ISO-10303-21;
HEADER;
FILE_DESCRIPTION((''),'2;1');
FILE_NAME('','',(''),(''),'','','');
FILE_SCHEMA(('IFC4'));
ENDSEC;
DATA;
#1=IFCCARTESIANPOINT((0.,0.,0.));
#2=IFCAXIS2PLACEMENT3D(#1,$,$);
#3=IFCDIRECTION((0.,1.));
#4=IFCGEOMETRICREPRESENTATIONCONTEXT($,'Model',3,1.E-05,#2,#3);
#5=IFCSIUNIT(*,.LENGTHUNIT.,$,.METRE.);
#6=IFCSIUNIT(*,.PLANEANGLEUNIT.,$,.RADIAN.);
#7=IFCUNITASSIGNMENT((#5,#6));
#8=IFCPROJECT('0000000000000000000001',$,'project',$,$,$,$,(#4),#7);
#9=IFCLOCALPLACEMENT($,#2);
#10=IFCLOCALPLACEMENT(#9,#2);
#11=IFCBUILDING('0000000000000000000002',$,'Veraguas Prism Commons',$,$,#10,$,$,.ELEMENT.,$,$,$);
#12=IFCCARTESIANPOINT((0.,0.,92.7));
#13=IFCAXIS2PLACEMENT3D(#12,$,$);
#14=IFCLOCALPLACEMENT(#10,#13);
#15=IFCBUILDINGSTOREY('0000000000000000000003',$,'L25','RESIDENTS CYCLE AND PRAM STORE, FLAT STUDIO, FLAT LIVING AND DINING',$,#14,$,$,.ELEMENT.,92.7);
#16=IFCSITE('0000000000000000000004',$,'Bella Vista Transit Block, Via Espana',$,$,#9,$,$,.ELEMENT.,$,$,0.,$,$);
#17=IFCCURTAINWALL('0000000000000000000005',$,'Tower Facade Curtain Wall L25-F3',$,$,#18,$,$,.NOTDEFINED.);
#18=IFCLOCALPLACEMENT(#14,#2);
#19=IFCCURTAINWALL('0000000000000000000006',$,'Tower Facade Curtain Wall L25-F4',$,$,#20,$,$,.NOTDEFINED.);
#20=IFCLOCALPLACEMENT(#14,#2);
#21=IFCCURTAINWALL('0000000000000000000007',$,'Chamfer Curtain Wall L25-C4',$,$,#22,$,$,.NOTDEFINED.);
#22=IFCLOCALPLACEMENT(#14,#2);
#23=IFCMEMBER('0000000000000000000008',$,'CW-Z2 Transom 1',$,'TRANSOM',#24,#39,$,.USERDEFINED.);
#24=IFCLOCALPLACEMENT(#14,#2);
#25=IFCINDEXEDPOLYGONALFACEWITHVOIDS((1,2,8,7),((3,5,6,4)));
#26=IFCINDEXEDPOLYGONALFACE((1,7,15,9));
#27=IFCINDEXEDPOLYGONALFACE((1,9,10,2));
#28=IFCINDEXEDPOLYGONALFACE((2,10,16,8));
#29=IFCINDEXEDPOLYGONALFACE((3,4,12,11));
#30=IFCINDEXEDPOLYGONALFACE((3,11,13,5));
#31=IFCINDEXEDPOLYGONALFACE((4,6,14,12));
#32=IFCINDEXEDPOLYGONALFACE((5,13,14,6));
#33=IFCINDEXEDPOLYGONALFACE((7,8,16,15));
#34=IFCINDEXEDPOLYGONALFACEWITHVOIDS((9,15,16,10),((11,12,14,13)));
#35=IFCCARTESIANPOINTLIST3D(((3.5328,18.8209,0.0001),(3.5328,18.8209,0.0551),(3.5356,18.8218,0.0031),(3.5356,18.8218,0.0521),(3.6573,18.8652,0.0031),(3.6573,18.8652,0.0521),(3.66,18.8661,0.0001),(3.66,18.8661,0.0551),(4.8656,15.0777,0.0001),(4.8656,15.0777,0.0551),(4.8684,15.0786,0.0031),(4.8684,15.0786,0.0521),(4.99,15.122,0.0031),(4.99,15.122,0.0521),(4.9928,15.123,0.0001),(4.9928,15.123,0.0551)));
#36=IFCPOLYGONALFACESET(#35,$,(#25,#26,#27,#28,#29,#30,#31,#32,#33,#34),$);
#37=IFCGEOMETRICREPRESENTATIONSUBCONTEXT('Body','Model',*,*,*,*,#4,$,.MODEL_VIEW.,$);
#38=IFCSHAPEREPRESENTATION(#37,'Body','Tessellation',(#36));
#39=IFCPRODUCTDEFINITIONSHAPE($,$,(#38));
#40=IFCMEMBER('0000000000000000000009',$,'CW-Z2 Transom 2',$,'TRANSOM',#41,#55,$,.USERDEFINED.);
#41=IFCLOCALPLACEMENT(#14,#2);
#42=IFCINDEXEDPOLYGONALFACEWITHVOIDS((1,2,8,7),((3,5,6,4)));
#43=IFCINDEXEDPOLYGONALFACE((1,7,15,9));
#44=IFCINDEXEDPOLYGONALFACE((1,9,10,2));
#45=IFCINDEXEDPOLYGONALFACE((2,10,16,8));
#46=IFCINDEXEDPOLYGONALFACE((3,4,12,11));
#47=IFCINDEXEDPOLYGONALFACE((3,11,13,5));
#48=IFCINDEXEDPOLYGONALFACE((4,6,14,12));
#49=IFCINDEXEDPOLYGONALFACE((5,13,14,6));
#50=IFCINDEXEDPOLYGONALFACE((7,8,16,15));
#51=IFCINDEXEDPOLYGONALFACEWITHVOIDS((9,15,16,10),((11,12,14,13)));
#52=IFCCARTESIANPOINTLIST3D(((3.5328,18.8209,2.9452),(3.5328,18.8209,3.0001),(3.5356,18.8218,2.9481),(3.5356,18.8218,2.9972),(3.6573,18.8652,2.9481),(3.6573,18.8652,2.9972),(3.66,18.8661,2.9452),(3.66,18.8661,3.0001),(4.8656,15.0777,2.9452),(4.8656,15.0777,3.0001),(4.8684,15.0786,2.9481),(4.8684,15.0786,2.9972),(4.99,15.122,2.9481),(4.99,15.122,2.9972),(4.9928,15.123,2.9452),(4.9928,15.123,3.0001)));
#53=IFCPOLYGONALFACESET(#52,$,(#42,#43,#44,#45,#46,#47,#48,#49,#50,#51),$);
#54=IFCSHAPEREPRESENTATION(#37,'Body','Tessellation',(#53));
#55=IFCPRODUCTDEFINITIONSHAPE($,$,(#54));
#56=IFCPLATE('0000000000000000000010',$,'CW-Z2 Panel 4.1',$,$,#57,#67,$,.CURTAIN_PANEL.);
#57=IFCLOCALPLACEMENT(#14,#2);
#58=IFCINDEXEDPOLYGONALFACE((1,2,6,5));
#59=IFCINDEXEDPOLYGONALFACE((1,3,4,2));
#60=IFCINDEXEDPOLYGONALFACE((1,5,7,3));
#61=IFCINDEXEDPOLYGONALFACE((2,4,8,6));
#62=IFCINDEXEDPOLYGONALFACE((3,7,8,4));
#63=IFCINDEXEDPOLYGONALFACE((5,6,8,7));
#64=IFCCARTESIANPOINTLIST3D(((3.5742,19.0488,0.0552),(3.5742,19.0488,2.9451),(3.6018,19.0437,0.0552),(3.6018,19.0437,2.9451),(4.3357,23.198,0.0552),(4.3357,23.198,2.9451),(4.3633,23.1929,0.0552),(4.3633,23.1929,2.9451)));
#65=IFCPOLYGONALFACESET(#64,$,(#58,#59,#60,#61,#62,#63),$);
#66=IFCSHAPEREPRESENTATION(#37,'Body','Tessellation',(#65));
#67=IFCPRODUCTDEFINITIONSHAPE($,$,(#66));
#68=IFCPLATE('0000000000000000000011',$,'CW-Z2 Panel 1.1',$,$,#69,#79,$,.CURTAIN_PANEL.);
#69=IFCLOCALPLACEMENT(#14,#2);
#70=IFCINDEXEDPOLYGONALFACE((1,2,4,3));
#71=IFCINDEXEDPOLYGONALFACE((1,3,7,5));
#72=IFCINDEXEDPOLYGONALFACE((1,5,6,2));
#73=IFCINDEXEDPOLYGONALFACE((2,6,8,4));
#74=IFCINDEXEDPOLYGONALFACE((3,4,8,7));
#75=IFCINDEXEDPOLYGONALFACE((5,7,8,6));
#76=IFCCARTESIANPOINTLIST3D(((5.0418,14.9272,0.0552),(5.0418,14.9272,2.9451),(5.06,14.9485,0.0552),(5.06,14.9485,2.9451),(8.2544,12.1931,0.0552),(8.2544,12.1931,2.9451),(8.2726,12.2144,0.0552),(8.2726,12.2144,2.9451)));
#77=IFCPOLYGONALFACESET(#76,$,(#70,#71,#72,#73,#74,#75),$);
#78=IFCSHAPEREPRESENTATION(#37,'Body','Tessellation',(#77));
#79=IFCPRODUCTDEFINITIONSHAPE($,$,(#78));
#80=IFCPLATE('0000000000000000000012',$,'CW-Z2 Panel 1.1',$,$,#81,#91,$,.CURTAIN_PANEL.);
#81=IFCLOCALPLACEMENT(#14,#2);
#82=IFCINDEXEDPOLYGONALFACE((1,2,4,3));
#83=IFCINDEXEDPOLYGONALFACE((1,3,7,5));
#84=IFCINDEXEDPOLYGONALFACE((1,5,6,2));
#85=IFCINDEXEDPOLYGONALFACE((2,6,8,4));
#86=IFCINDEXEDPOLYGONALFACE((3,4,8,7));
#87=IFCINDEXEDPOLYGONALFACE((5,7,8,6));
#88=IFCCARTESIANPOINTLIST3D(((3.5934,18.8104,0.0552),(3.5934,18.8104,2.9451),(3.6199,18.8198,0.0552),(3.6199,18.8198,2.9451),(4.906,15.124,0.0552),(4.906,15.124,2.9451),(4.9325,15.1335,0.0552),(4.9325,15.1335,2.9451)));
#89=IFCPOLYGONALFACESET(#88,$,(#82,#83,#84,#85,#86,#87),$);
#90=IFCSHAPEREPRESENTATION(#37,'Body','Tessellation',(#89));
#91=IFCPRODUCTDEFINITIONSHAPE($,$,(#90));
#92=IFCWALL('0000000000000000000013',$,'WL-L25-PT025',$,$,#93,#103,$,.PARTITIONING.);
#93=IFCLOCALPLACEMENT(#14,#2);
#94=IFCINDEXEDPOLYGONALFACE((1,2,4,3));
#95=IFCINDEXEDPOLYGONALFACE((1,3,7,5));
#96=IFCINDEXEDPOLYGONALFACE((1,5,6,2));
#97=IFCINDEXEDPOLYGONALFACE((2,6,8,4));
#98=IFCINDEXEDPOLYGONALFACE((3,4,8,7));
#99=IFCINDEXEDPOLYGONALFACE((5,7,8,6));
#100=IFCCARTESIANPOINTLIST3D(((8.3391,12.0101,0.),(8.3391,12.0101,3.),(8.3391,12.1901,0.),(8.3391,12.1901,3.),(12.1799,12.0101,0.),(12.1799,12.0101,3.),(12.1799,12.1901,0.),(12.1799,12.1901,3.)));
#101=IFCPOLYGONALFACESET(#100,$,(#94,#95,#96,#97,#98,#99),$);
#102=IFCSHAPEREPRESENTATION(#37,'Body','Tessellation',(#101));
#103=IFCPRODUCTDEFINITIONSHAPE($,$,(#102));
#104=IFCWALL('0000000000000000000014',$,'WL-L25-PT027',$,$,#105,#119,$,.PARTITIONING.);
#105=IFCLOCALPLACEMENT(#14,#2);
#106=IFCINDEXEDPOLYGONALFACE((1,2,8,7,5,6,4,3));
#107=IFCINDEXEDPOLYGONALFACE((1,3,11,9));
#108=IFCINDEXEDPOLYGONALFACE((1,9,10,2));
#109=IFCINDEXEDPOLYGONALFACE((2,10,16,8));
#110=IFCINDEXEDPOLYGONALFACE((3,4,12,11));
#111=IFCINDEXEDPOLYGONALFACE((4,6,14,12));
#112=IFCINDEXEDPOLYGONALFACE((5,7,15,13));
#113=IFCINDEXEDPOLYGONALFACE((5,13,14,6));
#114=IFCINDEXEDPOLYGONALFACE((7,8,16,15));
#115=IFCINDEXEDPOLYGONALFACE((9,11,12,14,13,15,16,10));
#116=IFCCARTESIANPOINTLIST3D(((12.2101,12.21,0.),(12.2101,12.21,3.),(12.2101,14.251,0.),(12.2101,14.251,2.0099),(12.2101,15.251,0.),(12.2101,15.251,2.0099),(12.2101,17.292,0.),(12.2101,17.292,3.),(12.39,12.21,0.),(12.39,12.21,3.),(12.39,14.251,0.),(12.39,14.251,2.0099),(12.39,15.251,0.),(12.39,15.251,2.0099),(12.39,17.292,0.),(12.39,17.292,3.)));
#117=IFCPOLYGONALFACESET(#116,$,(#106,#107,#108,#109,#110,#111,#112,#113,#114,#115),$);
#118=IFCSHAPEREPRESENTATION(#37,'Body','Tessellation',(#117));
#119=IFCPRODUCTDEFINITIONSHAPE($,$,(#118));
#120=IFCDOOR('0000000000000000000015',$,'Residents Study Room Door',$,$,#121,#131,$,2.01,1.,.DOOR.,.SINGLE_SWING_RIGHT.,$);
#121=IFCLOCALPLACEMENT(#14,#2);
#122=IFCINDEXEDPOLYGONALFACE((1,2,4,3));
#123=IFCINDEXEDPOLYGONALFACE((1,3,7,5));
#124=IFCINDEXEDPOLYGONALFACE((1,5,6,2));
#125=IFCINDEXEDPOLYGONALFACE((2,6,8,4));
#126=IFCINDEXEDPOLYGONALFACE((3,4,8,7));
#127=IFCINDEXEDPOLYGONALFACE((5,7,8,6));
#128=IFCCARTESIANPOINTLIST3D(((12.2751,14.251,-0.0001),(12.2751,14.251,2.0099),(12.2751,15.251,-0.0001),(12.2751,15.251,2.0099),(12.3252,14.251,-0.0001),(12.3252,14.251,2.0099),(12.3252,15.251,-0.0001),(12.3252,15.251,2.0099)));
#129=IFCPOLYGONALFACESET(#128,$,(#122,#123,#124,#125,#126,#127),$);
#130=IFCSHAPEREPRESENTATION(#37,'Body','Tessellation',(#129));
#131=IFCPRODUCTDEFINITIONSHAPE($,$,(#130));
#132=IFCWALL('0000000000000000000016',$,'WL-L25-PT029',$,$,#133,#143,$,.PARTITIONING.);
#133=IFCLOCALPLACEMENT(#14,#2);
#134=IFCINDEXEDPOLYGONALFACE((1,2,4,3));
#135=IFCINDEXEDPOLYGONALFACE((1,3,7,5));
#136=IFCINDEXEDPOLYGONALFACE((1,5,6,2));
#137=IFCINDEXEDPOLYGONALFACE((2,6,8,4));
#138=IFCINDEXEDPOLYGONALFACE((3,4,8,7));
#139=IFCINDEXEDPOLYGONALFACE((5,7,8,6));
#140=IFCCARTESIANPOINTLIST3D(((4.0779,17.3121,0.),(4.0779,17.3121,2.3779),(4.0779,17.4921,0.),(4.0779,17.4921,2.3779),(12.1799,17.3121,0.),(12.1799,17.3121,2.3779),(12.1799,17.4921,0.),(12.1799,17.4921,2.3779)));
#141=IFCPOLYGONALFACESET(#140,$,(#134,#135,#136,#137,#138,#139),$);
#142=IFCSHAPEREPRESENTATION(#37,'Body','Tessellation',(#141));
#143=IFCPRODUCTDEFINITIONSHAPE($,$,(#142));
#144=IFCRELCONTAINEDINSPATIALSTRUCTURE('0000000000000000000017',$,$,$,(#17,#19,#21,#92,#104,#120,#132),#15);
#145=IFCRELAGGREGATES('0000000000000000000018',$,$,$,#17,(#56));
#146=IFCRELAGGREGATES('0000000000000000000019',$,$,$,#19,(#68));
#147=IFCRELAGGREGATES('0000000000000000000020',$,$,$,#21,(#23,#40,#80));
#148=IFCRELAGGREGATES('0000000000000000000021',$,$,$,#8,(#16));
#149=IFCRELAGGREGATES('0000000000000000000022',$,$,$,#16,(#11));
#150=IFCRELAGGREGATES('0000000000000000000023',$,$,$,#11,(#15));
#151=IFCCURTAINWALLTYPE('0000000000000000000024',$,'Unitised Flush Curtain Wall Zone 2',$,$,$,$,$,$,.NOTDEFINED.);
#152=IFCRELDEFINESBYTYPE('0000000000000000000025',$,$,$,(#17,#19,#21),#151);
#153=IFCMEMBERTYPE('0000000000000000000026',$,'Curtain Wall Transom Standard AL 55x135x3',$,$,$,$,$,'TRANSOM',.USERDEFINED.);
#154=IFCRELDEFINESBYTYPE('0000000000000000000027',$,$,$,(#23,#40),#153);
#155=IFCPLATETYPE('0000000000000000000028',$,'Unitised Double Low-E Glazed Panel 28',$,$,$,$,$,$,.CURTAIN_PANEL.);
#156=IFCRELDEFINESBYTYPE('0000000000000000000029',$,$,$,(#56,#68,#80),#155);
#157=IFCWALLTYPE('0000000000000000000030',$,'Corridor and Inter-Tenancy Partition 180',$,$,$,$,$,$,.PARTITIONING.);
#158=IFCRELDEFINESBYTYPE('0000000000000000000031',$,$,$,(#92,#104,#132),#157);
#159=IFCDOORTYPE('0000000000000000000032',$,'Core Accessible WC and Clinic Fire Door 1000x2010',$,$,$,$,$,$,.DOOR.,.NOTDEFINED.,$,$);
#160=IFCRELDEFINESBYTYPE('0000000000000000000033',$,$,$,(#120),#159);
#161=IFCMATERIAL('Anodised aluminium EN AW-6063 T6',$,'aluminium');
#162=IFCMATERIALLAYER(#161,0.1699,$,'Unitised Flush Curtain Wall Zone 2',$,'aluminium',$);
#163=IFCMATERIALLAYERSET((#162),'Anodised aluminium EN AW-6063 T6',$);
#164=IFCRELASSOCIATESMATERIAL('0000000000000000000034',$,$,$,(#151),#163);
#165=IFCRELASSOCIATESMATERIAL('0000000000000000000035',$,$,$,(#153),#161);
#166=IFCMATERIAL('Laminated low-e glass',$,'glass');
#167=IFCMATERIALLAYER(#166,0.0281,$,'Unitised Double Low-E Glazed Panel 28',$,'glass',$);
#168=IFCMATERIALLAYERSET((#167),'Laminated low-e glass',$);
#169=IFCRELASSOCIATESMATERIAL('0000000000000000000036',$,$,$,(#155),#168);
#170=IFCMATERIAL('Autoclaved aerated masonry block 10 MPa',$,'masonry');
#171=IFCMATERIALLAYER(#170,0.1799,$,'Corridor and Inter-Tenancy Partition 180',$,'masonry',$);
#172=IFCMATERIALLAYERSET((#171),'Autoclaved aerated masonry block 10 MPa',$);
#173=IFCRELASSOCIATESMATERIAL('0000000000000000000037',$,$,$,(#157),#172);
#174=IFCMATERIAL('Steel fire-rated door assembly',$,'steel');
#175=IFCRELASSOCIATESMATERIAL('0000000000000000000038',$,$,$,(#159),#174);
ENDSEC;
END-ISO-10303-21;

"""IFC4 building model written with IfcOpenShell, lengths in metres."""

from ifc_helpers import new_model, si_unit, direction, frame, frame_2d, origin, origin_2d, place, context, subcontext, project, spatial, rectangle, hollow_rectangle, extrude, source, transform, mapped, material, layer, layer_set, material_profile, profile_set, type_object, element, fill, aggregate, save


model = new_model("IFC4")

# Units and contexts
model_context = context("Model", 3, precision=1e-05, world=origin(), true_north=direction((0.0, 1.0)))
body_context = subcontext(model_context, "Body", "Model", "MODEL_VIEW")
ifc_project = project(units=[si_unit("LENGTHUNIT", "METRE"), si_unit("PLANEANGLEUNIT", "RADIAN")], contexts=[model_context])

# Site, building, storey
site_placement = place(None, origin())
site = spatial("IfcSite", under=ifc_project, at=site_placement, Name="Bella Vista Transit Block, Via Espana", CompositionType="ELEMENT", RefElevation=0.0)
building_placement = place(site_placement, origin())
building = spatial("IfcBuilding", under=site, at=building_placement, Name="Veraguas Prism Commons", CompositionType="ELEMENT")
storey_placement = place(building_placement, frame((0.0, 0.0, 92.7)))
storey = spatial("IfcBuildingStorey", under=building, at=storey_placement, Name="L25", Description="RESIDENTS CYCLE AND PRAM STORE, FLAT STUDIO, FLAT LIVING AND DINING", CompositionType="ELEMENT", Elevation=92.7)

# Curtain wall
ifc_material_1 = material(Name="Anodised aluminium EN AW-6063 T6", Category="aluminium")
ifc_layer_1 = layer(ifc_material_1, 0.1699, Name="Unitised Flush Curtain Wall Zone 2", Category="aluminium")
ifc_layer_set_1 = layer_set([ifc_layer_1], Name="Anodised aluminium EN AW-6063 T6")
curtain_wall_type = type_object("IfcCurtainWallType", Name="Unitised Flush Curtain Wall Zone 2", PredefinedType="NOTDEFINED", material=ifc_layer_set_1)
curtain_wall_1_placement = place(storey_placement, origin())
curtain_wall_1 = element("IfcCurtainWall", 1, at=curtain_wall_1_placement, inside=storey, type_object=curtain_wall_type, Name="Tower Facade Curtain Wall L25-F3", PredefinedType="NOTDEFINED")

# Curtain walls
curtain_wall_2_placement = place(storey_placement, origin())
curtain_wall_2 = element("IfcCurtainWall", 2, at=curtain_wall_2_placement, inside=storey, type_object=curtain_wall_type, Name="Tower Facade Curtain Wall L25-F4", PredefinedType="NOTDEFINED")
curtain_wall_3_placement = place(storey_placement, origin())
curtain_wall_3 = element("IfcCurtainWall", 3, at=curtain_wall_3_placement, inside=storey, type_object=curtain_wall_type, Name="Chamfer Curtain Wall L25-C4", PredefinedType="NOTDEFINED")

# Members
ifc_material_profile_1 = material_profile(ifc_material_1, hollow_rectangle(XDim=0.0549, YDim=0.135, WallThickness=0.0029, at=origin_2d()), Name="AL55X135X3")
ifc_profile_set_1 = profile_set([ifc_material_profile_1], Name="Anodised aluminium EN AW-6063 T6")
member_type_1 = type_object("IfcMemberType", Name="Curtain Wall Transom Standard AL 55x135x3", ElementType="TRANSOM", PredefinedType="USERDEFINED", material=ifc_profile_set_1)
shared_shape_1 = source(origin(), body_context, "Body", "SweptSolid", [
    extrude(hollow_rectangle(XDim=0.0549, YDim=0.135, WallThickness=0.0029, at=origin_2d()), origin(), (0.0, 0.0, 1.0), 3.9734),
])
member_1_placement = place(storey_placement, frame((3.5964, 18.8435, 0.0276), z_axis=(0.335425, -0.942067, 0.0), x_axis=(0.0, 0.0, 1.0)))
member_1 = element("IfcMember", 4, at=member_1_placement, type_object=member_type_1, Name="CW-Z2 Transom 1", ObjectType="TRANSOM", PredefinedType="USERDEFINED", context=body_context, shape_type="MappedRepresentation", body=[
    mapped(shared_shape_1, transform((0.0, 0.0, 0.0), scale=1.0)),
])
member_2_placement = place(storey_placement, frame((3.5964, 18.8435, 2.9727), z_axis=(0.335425, -0.942067, 0.0), x_axis=(0.0, 0.0, 1.0)))
member_2 = element("IfcMember", 5, at=member_2_placement, type_object=member_type_1, Name="CW-Z2 Transom 2", ObjectType="TRANSOM", PredefinedType="USERDEFINED", context=body_context, shape_type="MappedRepresentation", body=[
    mapped(shared_shape_1, transform((0.0, 0.0, 0.0), scale=1.0)),
])

# Plates
ifc_material_2 = material(Name="Laminated low-e glass", Category="glass")
ifc_layer_2 = layer(ifc_material_2, 0.0281, Name="Unitised Double Low-E Glazed Panel 28", Category="glass")
ifc_layer_set_2 = layer_set([ifc_layer_2], Name="Laminated low-e glass")
plate_type = type_object("IfcPlateType", Name="Unitised Double Low-E Glazed Panel 28", PredefinedType="CURTAIN_PANEL", material=ifc_layer_set_2)
shared_shape_2 = source(origin(), body_context, "Body", "SweptSolid", [
    extrude(rectangle(XDim=4.2185, YDim=0.0281, at=origin_2d()), origin(), (0.0, 0.0, 1.0), 2.8899),
])
plate_1_placement = place(storey_placement, frame((3.9688, 21.1208, 0.0552), z_axis=(0.0, 0.0, 1.0), x_axis=(-0.180523, -0.983571, 0.0)))
plate_1 = element("IfcPlate", 6, at=plate_1_placement, type_object=plate_type, Name="CW-Z2 Panel 4.1", PredefinedType="CURTAIN_PANEL", context=body_context, shape_type="MappedRepresentation", body=[
    mapped(shared_shape_2, transform((0.0, 0.0, 0.0), scale=1.0)),
])
aggregate(curtain_wall_1, [plate_1])
plate_2_placement = place(storey_placement, frame((6.6572, 13.5708, 0.0552), z_axis=(0.0, 0.0, 1.0), x_axis=(0.761541, -0.648117, 0.0)))
plate_2 = element("IfcPlate", 7, at=plate_2_placement, type_object=plate_type, Name="CW-Z2 Panel 1.1", PredefinedType="CURTAIN_PANEL", context=body_context, shape_type="MappedRepresentation", body=[
    mapped(shared_shape_2, transform((0.0, 0.0, 0.0), scale=1.0)),
])
aggregate(curtain_wall_2, [plate_2])
shared_shape_3 = source(origin(), body_context, "Body", "SweptSolid", [
    extrude(rectangle(XDim=3.9131, YDim=0.0281, at=origin_2d()), origin(), (0.0, 0.0, 1.0), 2.8899),
])
plate_3_placement = place(storey_placement, frame((4.2629, 16.9719, 0.0552), z_axis=(0.0, 0.0, 1.0), x_axis=(0.335443, -0.94206, 0.0)))
plate_3 = element("IfcPlate", 8, at=plate_3_placement, type_object=plate_type, Name="CW-Z2 Panel 1.1", PredefinedType="CURTAIN_PANEL", context=body_context, shape_type="MappedRepresentation", body=[
    mapped(shared_shape_3, transform((0.0, 0.0, 0.0), scale=1.0)),
])
aggregate(curtain_wall_3, [member_1, member_2, plate_3])

# Wall
ifc_material_3 = material(Name="Autoclaved aerated masonry block 10 MPa", Category="masonry")
ifc_layer_3 = layer(ifc_material_3, 0.1799, Name="Corridor and Inter-Tenancy Partition 180", Category="masonry")
ifc_layer_set_3 = layer_set([ifc_layer_3], Name="Autoclaved aerated masonry block 10 MPa")
wall_type = type_object("IfcWallType", Name="Corridor and Inter-Tenancy Partition 180", PredefinedType="PARTITIONING", material=ifc_layer_set_3)
wall_1_placement = place(storey_placement, frame((12.1799, 12.1001, 0.0), z_axis=(0.0, 0.0, 1.0), x_axis=(-1.0, 0.0, 0.0)))
element("IfcWall", 9, at=wall_1_placement, inside=storey, type_object=wall_type, Name="WL-L25-PT025", PredefinedType="PARTITIONING", context=body_context, shape_type="SweptSolid", body=[
    extrude(rectangle(XDim=3.8408, YDim=0.1799, at=frame_2d((1.9204, 0.0))), origin(), (0.0, 0.0, 1.0), 3.0),
])

# Wall, opening, door
wall_2_placement = place(storey_placement, frame((12.3, 12.21, 0.0), z_axis=(0.0, 0.0, 1.0), x_axis=(0.0, 1.0, 0.0)))
wall_2 = element("IfcWall", 10, at=wall_2_placement, inside=storey, type_object=wall_type, Name="WL-L25-PT027", PredefinedType="PARTITIONING", context=body_context, shape_type="SweptSolid", body=[
    extrude(rectangle(XDim=5.082, YDim=0.1799, at=frame_2d((2.541, 0.0))), origin(), (0.0, 0.0, 1.0), 3.0),
])
opening_placement = place(wall_2_placement, frame((2.041, 0.0, 0.0)))
opening = element("IfcOpeningElement", 11, at=opening_placement, cuts=wall_2, PredefinedType="OPENING", context=body_context, shape_type="SweptSolid", body=[
    extrude(rectangle(XDim=1.0, YDim=2.01, at=frame_2d((0.5, 1.0049))), frame((0.0, 0.0999, 0.0), z_axis=(0.0, -1.0, 0.0), x_axis=(1.0, 0.0, 0.0)), (0.0, 0.0, 1.0), 0.2),
])
ifc_material_4 = material(Name="Steel fire-rated door assembly", Category="steel")
door_type = type_object("IfcDoorType", Name="Core Accessible WC and Clinic Fire Door 1000x2010", OperationType="NOTDEFINED", PredefinedType="DOOR", material=ifc_material_4)
shared_shape_4 = source(origin(), body_context, "Body", "SweptSolid", [
    extrude(rectangle(XDim=1.0, YDim=2.01, at=frame_2d((0.5, 1.0049))), frame((0.0, 0.0249, 0.0), z_axis=(0.0, -1.0, 0.0), x_axis=(1.0, 0.0, 0.0)), (0.0, 0.0, 1.0), 0.05),
])
door_placement = place(opening_placement, origin())
door = element("IfcDoor", 12, at=door_placement, inside=storey, type_object=door_type, Name="Residents Study Room Door", OperationType="SINGLE_SWING_RIGHT", OverallHeight=2.01, OverallWidth=1.0, PredefinedType="DOOR", context=body_context, shape_type="MappedRepresentation", body=[
    mapped(shared_shape_4, transform((0.0, 0.0, 0.0), scale=1.0)),
])
fill(opening, door)

# Wall
wall_3_placement = place(storey_placement, frame((12.1799, 17.4021, 0.0), z_axis=(0.0, 0.0, 1.0), x_axis=(-1.0, 0.0, 0.0)))
element("IfcWall", 13, at=wall_3_placement, inside=storey, type_object=wall_type, Name="WL-L25-PT029", PredefinedType="PARTITIONING", context=body_context, shape_type="SweptSolid", body=[
    extrude(rectangle(XDim=8.1021, YDim=0.1799, at=frame_2d((4.051, 0.0))), origin(), (0.0, 0.0, 1.0), 2.3779),
])

save(model, "model.ifc")
